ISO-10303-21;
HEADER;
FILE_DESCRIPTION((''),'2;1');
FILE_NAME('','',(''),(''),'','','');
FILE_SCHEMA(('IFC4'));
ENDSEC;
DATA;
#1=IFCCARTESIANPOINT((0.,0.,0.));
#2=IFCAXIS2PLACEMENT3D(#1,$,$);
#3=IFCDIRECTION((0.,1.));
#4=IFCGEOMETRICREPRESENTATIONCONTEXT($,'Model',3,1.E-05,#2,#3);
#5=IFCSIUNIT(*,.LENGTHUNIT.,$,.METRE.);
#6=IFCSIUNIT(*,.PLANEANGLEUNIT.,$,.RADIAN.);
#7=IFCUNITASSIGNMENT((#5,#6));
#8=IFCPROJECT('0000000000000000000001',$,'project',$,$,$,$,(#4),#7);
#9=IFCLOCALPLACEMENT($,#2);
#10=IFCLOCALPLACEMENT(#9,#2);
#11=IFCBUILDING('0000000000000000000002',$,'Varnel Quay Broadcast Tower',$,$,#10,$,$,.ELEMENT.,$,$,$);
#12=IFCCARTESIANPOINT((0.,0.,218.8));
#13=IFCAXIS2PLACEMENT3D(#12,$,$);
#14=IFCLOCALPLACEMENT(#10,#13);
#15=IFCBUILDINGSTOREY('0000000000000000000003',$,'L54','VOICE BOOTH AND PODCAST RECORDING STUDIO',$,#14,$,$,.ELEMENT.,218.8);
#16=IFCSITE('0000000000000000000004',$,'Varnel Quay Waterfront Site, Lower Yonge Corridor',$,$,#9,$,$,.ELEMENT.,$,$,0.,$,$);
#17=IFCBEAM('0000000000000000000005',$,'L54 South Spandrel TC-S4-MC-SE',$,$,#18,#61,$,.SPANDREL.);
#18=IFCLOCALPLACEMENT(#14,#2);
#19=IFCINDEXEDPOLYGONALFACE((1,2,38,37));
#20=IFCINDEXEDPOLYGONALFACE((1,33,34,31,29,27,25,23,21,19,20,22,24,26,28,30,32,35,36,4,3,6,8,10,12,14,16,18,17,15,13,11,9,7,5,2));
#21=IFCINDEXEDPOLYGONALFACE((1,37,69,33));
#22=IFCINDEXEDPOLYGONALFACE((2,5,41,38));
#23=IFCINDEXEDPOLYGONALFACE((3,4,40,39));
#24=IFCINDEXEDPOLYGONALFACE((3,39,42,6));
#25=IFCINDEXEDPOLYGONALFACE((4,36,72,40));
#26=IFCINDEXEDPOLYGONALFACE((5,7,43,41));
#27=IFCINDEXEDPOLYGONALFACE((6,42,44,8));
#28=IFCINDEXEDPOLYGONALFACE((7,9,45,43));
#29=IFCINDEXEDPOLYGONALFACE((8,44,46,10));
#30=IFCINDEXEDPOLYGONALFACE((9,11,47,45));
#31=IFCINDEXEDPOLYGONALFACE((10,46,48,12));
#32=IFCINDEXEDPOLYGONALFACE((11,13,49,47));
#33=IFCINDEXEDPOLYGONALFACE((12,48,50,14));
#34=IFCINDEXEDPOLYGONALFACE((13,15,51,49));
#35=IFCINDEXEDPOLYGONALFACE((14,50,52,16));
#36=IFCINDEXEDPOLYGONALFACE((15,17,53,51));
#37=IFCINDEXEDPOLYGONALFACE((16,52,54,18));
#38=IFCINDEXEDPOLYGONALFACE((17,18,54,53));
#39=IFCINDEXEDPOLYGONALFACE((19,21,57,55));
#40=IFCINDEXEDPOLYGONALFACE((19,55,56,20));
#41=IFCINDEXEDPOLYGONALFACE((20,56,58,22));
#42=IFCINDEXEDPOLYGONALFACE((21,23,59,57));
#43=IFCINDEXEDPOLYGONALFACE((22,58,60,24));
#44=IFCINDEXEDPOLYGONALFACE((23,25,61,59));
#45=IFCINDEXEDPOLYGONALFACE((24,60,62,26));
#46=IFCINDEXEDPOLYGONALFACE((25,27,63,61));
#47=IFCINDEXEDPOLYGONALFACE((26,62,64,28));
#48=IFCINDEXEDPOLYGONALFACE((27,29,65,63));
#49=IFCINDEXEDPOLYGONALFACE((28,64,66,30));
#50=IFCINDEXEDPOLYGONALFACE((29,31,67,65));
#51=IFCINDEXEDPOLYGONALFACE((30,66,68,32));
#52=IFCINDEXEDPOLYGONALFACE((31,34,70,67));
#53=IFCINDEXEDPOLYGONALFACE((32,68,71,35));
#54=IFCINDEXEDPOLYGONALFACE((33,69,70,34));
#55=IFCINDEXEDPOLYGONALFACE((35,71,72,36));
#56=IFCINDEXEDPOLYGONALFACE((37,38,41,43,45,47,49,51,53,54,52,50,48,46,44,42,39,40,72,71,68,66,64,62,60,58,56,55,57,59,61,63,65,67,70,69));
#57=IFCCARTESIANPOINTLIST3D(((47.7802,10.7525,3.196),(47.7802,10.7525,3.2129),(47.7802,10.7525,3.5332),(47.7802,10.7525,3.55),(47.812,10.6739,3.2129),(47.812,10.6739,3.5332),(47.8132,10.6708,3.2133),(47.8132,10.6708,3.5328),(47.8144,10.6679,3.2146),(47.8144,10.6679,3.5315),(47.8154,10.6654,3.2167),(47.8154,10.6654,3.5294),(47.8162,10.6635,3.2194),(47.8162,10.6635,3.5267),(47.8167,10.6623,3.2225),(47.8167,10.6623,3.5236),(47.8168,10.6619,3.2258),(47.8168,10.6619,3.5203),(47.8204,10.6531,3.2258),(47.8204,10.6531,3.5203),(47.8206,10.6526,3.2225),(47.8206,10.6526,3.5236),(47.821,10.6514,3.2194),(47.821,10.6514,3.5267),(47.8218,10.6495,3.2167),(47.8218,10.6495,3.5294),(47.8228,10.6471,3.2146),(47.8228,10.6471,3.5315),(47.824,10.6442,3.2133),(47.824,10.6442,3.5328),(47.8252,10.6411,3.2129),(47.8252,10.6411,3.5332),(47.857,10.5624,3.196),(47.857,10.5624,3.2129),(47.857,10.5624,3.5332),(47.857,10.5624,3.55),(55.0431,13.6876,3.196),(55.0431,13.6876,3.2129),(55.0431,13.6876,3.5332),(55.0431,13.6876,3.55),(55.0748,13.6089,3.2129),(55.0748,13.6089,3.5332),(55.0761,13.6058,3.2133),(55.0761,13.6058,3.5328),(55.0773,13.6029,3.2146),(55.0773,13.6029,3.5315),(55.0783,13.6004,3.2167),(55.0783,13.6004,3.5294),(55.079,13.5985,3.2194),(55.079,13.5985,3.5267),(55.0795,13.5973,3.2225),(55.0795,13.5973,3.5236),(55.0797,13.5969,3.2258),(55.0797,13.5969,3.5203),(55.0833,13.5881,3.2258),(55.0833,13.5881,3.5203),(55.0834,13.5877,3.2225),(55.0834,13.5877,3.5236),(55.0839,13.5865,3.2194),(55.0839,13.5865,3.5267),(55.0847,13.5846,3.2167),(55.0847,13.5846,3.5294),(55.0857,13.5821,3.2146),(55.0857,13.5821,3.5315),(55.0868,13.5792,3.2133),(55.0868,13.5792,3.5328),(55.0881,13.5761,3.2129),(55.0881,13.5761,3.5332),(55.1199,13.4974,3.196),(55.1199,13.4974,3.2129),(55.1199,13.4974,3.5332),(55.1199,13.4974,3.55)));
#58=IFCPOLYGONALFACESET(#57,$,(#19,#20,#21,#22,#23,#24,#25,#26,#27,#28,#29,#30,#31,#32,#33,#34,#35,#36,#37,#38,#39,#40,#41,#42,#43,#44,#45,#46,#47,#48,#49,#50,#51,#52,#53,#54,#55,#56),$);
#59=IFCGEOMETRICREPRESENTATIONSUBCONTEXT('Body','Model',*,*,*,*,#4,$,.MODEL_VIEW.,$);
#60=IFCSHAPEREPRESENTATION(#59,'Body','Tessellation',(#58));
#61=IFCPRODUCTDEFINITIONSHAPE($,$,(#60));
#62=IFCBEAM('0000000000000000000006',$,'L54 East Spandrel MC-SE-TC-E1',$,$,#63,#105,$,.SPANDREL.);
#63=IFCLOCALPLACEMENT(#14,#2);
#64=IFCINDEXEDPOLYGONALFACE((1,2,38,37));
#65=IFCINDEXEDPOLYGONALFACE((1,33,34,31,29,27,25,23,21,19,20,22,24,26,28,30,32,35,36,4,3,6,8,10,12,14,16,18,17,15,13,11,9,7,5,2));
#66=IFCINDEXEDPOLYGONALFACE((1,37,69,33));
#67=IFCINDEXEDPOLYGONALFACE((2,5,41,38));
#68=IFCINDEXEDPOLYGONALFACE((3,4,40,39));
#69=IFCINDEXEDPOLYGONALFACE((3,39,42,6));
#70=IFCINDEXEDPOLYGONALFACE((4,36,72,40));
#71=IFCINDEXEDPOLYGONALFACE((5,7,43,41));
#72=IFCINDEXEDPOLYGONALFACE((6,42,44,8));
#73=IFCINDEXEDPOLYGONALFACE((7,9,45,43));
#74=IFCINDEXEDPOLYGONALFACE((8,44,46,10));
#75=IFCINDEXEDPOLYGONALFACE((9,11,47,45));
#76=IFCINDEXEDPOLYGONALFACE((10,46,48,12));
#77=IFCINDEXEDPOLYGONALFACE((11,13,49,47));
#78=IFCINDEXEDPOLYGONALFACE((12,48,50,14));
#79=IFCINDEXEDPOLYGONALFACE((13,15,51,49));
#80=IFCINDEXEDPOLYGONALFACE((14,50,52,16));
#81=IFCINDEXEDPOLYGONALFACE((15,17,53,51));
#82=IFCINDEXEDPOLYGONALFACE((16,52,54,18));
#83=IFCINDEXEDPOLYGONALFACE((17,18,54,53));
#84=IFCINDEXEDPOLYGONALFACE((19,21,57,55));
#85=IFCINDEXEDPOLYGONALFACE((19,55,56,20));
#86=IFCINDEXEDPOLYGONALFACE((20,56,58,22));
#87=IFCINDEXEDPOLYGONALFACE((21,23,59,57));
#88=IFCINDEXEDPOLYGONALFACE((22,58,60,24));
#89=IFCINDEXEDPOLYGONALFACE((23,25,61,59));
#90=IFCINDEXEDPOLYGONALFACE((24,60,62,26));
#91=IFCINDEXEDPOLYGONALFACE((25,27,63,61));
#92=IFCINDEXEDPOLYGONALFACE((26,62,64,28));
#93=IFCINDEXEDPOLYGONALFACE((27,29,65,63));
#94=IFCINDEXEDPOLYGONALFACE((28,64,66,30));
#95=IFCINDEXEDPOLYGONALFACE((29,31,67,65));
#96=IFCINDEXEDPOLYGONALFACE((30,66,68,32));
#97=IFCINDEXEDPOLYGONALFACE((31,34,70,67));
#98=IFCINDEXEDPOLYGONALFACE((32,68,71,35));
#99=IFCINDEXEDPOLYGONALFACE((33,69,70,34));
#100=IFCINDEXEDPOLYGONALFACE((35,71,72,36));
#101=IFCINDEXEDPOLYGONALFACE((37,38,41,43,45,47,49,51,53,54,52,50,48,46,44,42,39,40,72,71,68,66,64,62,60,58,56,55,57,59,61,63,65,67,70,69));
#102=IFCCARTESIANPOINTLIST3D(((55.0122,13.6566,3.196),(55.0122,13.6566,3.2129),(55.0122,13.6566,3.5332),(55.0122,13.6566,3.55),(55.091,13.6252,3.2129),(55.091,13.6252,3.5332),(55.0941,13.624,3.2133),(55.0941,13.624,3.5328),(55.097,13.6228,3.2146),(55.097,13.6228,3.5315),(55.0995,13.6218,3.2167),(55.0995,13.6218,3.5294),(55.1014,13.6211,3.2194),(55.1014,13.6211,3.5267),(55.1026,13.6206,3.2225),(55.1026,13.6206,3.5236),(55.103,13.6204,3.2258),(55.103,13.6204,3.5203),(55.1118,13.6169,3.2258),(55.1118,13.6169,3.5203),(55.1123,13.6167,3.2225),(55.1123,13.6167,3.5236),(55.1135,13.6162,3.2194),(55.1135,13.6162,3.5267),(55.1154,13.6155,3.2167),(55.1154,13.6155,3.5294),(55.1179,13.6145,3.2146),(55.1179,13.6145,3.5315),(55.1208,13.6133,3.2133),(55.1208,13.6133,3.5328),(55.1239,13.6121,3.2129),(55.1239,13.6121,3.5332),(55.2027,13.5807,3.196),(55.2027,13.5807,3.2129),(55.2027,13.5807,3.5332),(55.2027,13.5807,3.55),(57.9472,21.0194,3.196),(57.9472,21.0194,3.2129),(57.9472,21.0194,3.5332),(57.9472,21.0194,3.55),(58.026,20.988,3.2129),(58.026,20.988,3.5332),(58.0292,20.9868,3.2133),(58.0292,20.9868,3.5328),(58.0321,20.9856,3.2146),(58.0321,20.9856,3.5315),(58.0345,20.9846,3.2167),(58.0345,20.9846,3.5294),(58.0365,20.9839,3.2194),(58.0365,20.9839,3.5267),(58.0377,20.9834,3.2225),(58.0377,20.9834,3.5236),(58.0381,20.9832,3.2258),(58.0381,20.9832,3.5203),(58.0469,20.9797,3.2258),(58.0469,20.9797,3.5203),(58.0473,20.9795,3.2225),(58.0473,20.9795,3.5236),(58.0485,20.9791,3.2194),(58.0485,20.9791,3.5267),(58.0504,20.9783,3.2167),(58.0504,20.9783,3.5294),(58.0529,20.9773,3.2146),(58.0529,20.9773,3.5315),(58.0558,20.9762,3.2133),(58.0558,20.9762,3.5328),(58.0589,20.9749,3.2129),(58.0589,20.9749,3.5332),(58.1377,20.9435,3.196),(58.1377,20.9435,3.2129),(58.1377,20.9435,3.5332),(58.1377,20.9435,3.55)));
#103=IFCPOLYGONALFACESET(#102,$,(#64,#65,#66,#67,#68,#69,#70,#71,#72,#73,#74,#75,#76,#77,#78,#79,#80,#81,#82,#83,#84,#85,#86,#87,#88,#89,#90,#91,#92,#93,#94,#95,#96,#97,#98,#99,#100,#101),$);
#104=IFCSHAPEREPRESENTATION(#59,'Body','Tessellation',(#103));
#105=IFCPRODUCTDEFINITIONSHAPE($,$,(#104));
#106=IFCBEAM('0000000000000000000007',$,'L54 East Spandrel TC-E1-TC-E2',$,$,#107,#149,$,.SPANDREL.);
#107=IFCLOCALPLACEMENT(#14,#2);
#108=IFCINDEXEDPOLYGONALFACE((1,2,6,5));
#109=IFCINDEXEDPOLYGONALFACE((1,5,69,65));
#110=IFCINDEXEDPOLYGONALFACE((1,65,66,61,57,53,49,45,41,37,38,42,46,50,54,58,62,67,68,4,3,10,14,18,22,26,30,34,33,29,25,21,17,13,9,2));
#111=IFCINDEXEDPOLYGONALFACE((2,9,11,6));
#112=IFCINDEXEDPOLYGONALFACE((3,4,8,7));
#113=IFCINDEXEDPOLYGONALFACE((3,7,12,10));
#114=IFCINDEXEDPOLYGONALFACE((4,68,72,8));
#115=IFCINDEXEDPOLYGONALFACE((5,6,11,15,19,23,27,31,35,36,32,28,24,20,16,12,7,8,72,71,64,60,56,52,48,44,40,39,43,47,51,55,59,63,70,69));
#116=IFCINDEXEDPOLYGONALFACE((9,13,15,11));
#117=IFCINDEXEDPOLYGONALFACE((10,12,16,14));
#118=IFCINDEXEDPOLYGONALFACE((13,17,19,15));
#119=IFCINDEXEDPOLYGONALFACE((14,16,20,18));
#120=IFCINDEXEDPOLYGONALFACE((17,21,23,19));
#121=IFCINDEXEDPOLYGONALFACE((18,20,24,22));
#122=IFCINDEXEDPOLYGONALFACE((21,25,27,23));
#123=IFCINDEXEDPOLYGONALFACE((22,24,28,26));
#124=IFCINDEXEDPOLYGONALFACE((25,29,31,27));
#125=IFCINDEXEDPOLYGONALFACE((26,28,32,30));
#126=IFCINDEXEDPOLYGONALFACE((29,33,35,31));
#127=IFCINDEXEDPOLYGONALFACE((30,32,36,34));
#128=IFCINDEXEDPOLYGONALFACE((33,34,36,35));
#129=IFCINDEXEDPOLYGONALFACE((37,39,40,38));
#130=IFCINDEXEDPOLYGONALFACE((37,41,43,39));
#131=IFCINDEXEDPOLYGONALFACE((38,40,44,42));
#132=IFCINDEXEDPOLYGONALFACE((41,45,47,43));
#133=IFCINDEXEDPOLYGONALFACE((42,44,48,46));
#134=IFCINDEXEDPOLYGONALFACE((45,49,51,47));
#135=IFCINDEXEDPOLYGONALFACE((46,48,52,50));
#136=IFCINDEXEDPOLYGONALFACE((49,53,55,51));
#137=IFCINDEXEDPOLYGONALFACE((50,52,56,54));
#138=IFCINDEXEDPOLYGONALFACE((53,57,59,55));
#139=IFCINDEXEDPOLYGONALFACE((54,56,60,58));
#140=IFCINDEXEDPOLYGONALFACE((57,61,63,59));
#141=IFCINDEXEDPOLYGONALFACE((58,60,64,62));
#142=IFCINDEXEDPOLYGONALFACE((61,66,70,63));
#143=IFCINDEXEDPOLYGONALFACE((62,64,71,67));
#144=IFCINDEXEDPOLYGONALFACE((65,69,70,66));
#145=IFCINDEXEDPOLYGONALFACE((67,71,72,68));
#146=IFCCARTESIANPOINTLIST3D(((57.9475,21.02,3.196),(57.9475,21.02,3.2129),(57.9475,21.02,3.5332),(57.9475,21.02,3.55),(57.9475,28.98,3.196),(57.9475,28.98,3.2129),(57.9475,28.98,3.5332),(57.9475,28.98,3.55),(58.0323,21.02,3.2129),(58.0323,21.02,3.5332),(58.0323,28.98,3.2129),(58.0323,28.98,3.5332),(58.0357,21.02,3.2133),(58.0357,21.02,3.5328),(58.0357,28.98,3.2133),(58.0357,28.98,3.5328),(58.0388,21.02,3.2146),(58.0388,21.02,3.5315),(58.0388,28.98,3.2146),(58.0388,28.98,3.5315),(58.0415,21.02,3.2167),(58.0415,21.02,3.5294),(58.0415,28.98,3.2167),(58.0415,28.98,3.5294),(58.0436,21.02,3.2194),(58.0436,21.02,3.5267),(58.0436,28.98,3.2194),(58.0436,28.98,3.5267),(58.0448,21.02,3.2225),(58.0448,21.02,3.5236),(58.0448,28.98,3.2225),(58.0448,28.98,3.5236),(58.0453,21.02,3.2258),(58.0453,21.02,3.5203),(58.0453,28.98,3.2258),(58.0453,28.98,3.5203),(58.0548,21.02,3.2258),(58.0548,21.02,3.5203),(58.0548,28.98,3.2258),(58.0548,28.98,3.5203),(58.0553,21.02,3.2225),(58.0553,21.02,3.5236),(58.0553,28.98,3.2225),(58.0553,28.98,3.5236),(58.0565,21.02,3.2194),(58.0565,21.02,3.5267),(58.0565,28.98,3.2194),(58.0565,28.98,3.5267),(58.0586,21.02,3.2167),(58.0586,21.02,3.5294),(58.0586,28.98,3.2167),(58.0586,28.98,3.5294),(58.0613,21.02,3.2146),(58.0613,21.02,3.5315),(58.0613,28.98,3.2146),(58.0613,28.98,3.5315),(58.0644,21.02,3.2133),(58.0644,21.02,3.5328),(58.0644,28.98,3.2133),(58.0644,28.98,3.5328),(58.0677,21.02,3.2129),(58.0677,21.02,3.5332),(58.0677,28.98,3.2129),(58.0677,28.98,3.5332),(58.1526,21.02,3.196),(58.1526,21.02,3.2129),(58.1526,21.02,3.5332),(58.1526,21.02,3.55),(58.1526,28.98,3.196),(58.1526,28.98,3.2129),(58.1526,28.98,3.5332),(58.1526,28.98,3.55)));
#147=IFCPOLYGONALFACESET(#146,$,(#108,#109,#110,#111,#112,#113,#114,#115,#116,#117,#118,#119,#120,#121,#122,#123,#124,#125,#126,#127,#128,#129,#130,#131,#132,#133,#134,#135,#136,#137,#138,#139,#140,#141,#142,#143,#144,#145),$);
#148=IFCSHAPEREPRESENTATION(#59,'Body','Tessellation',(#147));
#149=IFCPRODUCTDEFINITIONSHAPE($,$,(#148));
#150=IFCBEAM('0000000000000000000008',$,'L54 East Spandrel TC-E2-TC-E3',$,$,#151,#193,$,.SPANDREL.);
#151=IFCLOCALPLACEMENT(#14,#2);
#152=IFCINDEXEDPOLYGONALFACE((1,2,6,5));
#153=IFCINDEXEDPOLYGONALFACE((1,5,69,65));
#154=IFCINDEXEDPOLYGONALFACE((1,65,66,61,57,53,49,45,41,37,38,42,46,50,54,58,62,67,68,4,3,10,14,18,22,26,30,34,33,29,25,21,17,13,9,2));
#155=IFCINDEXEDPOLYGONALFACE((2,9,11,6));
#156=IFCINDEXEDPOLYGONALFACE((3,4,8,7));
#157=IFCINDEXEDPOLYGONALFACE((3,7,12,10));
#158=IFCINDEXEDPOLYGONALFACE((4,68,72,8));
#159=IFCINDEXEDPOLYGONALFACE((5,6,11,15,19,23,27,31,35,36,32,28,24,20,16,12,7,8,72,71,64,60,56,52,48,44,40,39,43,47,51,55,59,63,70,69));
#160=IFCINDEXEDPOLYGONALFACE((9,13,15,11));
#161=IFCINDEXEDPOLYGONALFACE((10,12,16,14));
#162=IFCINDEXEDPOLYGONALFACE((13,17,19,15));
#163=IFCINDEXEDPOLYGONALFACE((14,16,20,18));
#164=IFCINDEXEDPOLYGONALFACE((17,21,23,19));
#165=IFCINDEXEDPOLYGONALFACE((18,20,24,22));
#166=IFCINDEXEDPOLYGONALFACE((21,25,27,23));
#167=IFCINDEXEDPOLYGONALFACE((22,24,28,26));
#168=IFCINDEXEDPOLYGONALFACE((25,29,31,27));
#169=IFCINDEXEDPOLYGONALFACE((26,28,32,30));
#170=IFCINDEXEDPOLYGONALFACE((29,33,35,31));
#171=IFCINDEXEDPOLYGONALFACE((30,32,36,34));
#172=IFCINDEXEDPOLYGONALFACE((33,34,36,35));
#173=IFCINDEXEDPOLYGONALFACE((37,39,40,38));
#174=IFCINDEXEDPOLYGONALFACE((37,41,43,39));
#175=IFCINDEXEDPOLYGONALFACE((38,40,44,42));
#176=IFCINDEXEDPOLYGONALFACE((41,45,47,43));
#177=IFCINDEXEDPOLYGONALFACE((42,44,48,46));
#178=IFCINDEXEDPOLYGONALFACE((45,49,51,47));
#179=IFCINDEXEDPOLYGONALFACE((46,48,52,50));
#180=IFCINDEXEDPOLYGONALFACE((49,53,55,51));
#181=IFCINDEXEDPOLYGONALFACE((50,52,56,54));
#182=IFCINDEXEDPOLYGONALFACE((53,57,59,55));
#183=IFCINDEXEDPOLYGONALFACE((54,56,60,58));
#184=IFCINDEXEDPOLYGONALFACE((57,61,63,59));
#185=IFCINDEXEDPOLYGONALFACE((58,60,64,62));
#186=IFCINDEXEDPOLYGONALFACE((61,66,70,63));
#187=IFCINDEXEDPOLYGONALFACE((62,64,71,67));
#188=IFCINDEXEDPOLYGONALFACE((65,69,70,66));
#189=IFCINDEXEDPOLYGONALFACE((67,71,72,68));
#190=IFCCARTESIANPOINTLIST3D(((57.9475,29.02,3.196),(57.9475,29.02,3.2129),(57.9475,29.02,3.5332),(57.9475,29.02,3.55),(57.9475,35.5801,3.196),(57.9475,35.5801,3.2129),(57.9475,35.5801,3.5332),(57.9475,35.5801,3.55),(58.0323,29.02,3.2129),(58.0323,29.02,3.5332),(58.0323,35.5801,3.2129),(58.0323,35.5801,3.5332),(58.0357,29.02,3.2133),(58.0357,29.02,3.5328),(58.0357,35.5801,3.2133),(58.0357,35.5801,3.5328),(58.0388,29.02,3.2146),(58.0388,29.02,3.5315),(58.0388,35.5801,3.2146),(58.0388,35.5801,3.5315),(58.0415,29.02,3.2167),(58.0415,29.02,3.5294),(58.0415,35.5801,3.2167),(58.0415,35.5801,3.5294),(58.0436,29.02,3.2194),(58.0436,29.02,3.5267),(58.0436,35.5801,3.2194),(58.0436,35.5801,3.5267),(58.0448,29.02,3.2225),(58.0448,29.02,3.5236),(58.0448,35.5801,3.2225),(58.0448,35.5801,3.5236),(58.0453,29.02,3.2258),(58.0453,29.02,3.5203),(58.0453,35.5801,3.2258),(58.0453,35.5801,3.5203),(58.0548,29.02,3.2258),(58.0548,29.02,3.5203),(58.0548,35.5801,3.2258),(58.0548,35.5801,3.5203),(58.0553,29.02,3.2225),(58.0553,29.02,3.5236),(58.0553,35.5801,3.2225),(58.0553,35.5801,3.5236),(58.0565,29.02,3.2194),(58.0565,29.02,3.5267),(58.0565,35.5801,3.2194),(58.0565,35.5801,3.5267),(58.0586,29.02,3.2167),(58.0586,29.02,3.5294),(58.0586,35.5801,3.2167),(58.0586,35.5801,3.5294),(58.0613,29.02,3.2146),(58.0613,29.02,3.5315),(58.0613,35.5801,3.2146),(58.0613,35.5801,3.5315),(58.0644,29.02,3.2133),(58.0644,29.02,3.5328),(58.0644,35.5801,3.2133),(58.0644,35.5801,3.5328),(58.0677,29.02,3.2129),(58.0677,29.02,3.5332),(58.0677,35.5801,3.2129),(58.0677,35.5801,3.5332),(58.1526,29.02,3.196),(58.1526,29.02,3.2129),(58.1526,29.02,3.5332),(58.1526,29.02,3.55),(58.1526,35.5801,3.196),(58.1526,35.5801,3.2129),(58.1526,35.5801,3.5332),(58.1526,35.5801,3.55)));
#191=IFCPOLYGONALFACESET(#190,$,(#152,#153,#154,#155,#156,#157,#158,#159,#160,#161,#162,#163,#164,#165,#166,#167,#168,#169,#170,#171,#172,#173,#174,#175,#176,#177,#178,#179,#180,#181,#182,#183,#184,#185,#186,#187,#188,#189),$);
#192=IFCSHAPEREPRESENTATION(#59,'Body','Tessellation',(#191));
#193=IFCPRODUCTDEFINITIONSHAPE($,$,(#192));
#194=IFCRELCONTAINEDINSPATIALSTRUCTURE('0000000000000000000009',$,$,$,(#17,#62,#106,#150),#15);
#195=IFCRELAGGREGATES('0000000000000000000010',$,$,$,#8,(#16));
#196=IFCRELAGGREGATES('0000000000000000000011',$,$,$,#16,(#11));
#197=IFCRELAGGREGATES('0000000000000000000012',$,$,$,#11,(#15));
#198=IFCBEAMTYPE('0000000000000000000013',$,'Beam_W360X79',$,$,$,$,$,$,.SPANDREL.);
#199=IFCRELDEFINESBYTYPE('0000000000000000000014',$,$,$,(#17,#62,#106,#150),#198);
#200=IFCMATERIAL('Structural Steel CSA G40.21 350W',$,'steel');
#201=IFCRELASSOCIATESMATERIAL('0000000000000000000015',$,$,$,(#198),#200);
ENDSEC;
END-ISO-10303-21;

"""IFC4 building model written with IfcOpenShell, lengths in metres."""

from ifc_helpers import new_model, si_unit, direction, frame, origin, origin_2d, place, context, subcontext, project, spatial, i_section, extrude, source, transform, mapped, material, material_profile, profile_set, type_object, type_shapes, element, save


model = new_model("IFC4")

# Units and contexts
model_context = context("Model", 3, precision=1e-05, world=origin(), true_north=direction((0.0, 1.0)))
body_context = subcontext(model_context, "Body", "Model", "MODEL_VIEW")
ifc_project = project(units=[si_unit("LENGTHUNIT", "METRE"), si_unit("PLANEANGLEUNIT", "RADIAN")], contexts=[model_context])

# Site, building, storey
site_placement = place(None, origin())
site = spatial("IfcSite", under=ifc_project, at=site_placement, Name="Varnel Quay Waterfront Site, Lower Yonge Corridor", CompositionType="ELEMENT", RefElevation=0.0)
building_placement = place(site_placement, origin())
building = spatial("IfcBuilding", under=site, at=building_placement, Name="Varnel Quay Broadcast Tower", CompositionType="ELEMENT")
storey_placement = place(building_placement, frame((0.0, 0.0, 218.8)))
storey = spatial("IfcBuildingStorey", under=building, at=storey_placement, Name="L54", Description="VOICE BOOTH AND PODCAST RECORDING STUDIO", CompositionType="ELEMENT", Elevation=218.8)

# Shared definitions
ifc_material_1 = material(Name="Structural Steel CSA G40.21 350W", Category="steel")

# Beams
ifc_material_profile_1 = material_profile(ifc_material_1, i_section(OverallWidth=0.2051, OverallDepth=0.354, WebThickness=0.0095, FlangeThickness=0.0168, FilletRadius=0.0129, at=origin_2d()), Name="W360X79")
ifc_profile_set_1 = profile_set([ifc_material_profile_1], Name="Structural Steel CSA G40.21 350W")
beam_type = type_object("IfcBeamType", Name="Beam_W360X79", PredefinedType="SPANDREL", material=ifc_profile_set_1)
shared_shape_1 = source(origin(), body_context, "Body", "SweptSolid", [
    extrude(i_section(OverallWidth=0.2051, OverallDepth=0.354, WebThickness=0.0095, FlangeThickness=0.0168, FilletRadius=0.0129, at=origin_2d()), origin(), (0.0, 0.0, 1.0), 7.8335),
])
beam_1_placement = place(storey_placement, frame((47.8186, 10.6575, 3.373), z_axis=(0.927155, 0.374677, 0.0), x_axis=(-0.374677, 0.927155, 0.0)))
element("IfcBeam", 1, at=beam_1_placement, inside=storey, type_object=beam_type, Name="L54 South Spandrel TC-S4-MC-SE", PredefinedType="SPANDREL", context=body_context, shape_type="MappedRepresentation", body=[
    mapped(shared_shape_1, transform((0.0, 0.0, 0.0), x_axis=(1.0, 0.0, 0.0), y_axis=(0.0, 1.0, 0.0), z_axis=(0.0, 0.0, 1.0), scale=1.0)),
])
shared_shape_2 = source(origin(), body_context, "Body", "SweptSolid", [
    extrude(i_section(OverallWidth=0.2051, OverallDepth=0.354, WebThickness=0.0095, FlangeThickness=0.0168, FilletRadius=0.0129, at=origin_2d()), origin(), (0.0, 0.0, 1.0), 7.9263),
])
beam_2_placement = place(storey_placement, frame((55.1074, 13.6187, 3.373), z_axis=(0.370296, 0.928914, 0.0), x_axis=(-0.928914, 0.370296, 0.0)))
element("IfcBeam", 2, at=beam_2_placement, inside=storey, type_object=beam_type, Name="L54 East Spandrel MC-SE-TC-E1", PredefinedType="SPANDREL", context=body_context, shape_type="MappedRepresentation", body=[
    mapped(shared_shape_2, transform((0.0, 0.0, 0.0), x_axis=(1.0, 0.0, 0.0), y_axis=(0.0, 1.0, 0.0), z_axis=(0.0, 0.0, 1.0), scale=1.0)),
])
shared_shape_3 = source(origin(), body_context, "Body", "SweptSolid", [
    extrude(i_section(OverallWidth=0.2051, OverallDepth=0.354, WebThickness=0.0095, FlangeThickness=0.0168, FilletRadius=0.0129, at=origin_2d()), origin(), (0.0, 0.0, 1.0), 7.96),
])
beam_3_placement = place(storey_placement, frame((58.05, 21.02, 3.373), z_axis=(0.0, 1.0, 0.0), x_axis=(-1.0, 0.0, 0.0)))
element("IfcBeam", 3, at=beam_3_placement, inside=storey, type_object=beam_type, Name="L54 East Spandrel TC-E1-TC-E2", PredefinedType="SPANDREL", context=body_context, shape_type="MappedRepresentation", body=[
    mapped(shared_shape_3, transform((0.0, 0.0, 0.0), x_axis=(1.0, 0.0, 0.0), y_axis=(0.0, 1.0, 0.0), z_axis=(0.0, 0.0, 1.0), scale=1.0)),
])
shared_shape_4 = source(origin(), body_context, "Body", "SweptSolid", [
    extrude(i_section(OverallWidth=0.2051, OverallDepth=0.354, WebThickness=0.0095, FlangeThickness=0.0168, FilletRadius=0.0129, at=origin_2d()), origin(), (0.0, 0.0, 1.0), 6.5601),
])
type_shapes(beam_type, [shared_shape_1, shared_shape_2, shared_shape_3, shared_shape_4])
beam_4_placement = place(storey_placement, frame((58.05, 29.02, 3.373), z_axis=(0.0, 1.0, 0.0), x_axis=(-1.0, 0.0, 0.0)))
element("IfcBeam", 4, at=beam_4_placement, inside=storey, type_object=beam_type, Name="L54 East Spandrel TC-E2-TC-E3", PredefinedType="SPANDREL", context=body_context, shape_type="MappedRepresentation", body=[
    mapped(shared_shape_4, transform((0.0, 0.0, 0.0), x_axis=(1.0, 0.0, 0.0), y_axis=(0.0, 1.0, 0.0), z_axis=(0.0, 0.0, 1.0), scale=1.0)),
])

save(model, "model.ifc")
